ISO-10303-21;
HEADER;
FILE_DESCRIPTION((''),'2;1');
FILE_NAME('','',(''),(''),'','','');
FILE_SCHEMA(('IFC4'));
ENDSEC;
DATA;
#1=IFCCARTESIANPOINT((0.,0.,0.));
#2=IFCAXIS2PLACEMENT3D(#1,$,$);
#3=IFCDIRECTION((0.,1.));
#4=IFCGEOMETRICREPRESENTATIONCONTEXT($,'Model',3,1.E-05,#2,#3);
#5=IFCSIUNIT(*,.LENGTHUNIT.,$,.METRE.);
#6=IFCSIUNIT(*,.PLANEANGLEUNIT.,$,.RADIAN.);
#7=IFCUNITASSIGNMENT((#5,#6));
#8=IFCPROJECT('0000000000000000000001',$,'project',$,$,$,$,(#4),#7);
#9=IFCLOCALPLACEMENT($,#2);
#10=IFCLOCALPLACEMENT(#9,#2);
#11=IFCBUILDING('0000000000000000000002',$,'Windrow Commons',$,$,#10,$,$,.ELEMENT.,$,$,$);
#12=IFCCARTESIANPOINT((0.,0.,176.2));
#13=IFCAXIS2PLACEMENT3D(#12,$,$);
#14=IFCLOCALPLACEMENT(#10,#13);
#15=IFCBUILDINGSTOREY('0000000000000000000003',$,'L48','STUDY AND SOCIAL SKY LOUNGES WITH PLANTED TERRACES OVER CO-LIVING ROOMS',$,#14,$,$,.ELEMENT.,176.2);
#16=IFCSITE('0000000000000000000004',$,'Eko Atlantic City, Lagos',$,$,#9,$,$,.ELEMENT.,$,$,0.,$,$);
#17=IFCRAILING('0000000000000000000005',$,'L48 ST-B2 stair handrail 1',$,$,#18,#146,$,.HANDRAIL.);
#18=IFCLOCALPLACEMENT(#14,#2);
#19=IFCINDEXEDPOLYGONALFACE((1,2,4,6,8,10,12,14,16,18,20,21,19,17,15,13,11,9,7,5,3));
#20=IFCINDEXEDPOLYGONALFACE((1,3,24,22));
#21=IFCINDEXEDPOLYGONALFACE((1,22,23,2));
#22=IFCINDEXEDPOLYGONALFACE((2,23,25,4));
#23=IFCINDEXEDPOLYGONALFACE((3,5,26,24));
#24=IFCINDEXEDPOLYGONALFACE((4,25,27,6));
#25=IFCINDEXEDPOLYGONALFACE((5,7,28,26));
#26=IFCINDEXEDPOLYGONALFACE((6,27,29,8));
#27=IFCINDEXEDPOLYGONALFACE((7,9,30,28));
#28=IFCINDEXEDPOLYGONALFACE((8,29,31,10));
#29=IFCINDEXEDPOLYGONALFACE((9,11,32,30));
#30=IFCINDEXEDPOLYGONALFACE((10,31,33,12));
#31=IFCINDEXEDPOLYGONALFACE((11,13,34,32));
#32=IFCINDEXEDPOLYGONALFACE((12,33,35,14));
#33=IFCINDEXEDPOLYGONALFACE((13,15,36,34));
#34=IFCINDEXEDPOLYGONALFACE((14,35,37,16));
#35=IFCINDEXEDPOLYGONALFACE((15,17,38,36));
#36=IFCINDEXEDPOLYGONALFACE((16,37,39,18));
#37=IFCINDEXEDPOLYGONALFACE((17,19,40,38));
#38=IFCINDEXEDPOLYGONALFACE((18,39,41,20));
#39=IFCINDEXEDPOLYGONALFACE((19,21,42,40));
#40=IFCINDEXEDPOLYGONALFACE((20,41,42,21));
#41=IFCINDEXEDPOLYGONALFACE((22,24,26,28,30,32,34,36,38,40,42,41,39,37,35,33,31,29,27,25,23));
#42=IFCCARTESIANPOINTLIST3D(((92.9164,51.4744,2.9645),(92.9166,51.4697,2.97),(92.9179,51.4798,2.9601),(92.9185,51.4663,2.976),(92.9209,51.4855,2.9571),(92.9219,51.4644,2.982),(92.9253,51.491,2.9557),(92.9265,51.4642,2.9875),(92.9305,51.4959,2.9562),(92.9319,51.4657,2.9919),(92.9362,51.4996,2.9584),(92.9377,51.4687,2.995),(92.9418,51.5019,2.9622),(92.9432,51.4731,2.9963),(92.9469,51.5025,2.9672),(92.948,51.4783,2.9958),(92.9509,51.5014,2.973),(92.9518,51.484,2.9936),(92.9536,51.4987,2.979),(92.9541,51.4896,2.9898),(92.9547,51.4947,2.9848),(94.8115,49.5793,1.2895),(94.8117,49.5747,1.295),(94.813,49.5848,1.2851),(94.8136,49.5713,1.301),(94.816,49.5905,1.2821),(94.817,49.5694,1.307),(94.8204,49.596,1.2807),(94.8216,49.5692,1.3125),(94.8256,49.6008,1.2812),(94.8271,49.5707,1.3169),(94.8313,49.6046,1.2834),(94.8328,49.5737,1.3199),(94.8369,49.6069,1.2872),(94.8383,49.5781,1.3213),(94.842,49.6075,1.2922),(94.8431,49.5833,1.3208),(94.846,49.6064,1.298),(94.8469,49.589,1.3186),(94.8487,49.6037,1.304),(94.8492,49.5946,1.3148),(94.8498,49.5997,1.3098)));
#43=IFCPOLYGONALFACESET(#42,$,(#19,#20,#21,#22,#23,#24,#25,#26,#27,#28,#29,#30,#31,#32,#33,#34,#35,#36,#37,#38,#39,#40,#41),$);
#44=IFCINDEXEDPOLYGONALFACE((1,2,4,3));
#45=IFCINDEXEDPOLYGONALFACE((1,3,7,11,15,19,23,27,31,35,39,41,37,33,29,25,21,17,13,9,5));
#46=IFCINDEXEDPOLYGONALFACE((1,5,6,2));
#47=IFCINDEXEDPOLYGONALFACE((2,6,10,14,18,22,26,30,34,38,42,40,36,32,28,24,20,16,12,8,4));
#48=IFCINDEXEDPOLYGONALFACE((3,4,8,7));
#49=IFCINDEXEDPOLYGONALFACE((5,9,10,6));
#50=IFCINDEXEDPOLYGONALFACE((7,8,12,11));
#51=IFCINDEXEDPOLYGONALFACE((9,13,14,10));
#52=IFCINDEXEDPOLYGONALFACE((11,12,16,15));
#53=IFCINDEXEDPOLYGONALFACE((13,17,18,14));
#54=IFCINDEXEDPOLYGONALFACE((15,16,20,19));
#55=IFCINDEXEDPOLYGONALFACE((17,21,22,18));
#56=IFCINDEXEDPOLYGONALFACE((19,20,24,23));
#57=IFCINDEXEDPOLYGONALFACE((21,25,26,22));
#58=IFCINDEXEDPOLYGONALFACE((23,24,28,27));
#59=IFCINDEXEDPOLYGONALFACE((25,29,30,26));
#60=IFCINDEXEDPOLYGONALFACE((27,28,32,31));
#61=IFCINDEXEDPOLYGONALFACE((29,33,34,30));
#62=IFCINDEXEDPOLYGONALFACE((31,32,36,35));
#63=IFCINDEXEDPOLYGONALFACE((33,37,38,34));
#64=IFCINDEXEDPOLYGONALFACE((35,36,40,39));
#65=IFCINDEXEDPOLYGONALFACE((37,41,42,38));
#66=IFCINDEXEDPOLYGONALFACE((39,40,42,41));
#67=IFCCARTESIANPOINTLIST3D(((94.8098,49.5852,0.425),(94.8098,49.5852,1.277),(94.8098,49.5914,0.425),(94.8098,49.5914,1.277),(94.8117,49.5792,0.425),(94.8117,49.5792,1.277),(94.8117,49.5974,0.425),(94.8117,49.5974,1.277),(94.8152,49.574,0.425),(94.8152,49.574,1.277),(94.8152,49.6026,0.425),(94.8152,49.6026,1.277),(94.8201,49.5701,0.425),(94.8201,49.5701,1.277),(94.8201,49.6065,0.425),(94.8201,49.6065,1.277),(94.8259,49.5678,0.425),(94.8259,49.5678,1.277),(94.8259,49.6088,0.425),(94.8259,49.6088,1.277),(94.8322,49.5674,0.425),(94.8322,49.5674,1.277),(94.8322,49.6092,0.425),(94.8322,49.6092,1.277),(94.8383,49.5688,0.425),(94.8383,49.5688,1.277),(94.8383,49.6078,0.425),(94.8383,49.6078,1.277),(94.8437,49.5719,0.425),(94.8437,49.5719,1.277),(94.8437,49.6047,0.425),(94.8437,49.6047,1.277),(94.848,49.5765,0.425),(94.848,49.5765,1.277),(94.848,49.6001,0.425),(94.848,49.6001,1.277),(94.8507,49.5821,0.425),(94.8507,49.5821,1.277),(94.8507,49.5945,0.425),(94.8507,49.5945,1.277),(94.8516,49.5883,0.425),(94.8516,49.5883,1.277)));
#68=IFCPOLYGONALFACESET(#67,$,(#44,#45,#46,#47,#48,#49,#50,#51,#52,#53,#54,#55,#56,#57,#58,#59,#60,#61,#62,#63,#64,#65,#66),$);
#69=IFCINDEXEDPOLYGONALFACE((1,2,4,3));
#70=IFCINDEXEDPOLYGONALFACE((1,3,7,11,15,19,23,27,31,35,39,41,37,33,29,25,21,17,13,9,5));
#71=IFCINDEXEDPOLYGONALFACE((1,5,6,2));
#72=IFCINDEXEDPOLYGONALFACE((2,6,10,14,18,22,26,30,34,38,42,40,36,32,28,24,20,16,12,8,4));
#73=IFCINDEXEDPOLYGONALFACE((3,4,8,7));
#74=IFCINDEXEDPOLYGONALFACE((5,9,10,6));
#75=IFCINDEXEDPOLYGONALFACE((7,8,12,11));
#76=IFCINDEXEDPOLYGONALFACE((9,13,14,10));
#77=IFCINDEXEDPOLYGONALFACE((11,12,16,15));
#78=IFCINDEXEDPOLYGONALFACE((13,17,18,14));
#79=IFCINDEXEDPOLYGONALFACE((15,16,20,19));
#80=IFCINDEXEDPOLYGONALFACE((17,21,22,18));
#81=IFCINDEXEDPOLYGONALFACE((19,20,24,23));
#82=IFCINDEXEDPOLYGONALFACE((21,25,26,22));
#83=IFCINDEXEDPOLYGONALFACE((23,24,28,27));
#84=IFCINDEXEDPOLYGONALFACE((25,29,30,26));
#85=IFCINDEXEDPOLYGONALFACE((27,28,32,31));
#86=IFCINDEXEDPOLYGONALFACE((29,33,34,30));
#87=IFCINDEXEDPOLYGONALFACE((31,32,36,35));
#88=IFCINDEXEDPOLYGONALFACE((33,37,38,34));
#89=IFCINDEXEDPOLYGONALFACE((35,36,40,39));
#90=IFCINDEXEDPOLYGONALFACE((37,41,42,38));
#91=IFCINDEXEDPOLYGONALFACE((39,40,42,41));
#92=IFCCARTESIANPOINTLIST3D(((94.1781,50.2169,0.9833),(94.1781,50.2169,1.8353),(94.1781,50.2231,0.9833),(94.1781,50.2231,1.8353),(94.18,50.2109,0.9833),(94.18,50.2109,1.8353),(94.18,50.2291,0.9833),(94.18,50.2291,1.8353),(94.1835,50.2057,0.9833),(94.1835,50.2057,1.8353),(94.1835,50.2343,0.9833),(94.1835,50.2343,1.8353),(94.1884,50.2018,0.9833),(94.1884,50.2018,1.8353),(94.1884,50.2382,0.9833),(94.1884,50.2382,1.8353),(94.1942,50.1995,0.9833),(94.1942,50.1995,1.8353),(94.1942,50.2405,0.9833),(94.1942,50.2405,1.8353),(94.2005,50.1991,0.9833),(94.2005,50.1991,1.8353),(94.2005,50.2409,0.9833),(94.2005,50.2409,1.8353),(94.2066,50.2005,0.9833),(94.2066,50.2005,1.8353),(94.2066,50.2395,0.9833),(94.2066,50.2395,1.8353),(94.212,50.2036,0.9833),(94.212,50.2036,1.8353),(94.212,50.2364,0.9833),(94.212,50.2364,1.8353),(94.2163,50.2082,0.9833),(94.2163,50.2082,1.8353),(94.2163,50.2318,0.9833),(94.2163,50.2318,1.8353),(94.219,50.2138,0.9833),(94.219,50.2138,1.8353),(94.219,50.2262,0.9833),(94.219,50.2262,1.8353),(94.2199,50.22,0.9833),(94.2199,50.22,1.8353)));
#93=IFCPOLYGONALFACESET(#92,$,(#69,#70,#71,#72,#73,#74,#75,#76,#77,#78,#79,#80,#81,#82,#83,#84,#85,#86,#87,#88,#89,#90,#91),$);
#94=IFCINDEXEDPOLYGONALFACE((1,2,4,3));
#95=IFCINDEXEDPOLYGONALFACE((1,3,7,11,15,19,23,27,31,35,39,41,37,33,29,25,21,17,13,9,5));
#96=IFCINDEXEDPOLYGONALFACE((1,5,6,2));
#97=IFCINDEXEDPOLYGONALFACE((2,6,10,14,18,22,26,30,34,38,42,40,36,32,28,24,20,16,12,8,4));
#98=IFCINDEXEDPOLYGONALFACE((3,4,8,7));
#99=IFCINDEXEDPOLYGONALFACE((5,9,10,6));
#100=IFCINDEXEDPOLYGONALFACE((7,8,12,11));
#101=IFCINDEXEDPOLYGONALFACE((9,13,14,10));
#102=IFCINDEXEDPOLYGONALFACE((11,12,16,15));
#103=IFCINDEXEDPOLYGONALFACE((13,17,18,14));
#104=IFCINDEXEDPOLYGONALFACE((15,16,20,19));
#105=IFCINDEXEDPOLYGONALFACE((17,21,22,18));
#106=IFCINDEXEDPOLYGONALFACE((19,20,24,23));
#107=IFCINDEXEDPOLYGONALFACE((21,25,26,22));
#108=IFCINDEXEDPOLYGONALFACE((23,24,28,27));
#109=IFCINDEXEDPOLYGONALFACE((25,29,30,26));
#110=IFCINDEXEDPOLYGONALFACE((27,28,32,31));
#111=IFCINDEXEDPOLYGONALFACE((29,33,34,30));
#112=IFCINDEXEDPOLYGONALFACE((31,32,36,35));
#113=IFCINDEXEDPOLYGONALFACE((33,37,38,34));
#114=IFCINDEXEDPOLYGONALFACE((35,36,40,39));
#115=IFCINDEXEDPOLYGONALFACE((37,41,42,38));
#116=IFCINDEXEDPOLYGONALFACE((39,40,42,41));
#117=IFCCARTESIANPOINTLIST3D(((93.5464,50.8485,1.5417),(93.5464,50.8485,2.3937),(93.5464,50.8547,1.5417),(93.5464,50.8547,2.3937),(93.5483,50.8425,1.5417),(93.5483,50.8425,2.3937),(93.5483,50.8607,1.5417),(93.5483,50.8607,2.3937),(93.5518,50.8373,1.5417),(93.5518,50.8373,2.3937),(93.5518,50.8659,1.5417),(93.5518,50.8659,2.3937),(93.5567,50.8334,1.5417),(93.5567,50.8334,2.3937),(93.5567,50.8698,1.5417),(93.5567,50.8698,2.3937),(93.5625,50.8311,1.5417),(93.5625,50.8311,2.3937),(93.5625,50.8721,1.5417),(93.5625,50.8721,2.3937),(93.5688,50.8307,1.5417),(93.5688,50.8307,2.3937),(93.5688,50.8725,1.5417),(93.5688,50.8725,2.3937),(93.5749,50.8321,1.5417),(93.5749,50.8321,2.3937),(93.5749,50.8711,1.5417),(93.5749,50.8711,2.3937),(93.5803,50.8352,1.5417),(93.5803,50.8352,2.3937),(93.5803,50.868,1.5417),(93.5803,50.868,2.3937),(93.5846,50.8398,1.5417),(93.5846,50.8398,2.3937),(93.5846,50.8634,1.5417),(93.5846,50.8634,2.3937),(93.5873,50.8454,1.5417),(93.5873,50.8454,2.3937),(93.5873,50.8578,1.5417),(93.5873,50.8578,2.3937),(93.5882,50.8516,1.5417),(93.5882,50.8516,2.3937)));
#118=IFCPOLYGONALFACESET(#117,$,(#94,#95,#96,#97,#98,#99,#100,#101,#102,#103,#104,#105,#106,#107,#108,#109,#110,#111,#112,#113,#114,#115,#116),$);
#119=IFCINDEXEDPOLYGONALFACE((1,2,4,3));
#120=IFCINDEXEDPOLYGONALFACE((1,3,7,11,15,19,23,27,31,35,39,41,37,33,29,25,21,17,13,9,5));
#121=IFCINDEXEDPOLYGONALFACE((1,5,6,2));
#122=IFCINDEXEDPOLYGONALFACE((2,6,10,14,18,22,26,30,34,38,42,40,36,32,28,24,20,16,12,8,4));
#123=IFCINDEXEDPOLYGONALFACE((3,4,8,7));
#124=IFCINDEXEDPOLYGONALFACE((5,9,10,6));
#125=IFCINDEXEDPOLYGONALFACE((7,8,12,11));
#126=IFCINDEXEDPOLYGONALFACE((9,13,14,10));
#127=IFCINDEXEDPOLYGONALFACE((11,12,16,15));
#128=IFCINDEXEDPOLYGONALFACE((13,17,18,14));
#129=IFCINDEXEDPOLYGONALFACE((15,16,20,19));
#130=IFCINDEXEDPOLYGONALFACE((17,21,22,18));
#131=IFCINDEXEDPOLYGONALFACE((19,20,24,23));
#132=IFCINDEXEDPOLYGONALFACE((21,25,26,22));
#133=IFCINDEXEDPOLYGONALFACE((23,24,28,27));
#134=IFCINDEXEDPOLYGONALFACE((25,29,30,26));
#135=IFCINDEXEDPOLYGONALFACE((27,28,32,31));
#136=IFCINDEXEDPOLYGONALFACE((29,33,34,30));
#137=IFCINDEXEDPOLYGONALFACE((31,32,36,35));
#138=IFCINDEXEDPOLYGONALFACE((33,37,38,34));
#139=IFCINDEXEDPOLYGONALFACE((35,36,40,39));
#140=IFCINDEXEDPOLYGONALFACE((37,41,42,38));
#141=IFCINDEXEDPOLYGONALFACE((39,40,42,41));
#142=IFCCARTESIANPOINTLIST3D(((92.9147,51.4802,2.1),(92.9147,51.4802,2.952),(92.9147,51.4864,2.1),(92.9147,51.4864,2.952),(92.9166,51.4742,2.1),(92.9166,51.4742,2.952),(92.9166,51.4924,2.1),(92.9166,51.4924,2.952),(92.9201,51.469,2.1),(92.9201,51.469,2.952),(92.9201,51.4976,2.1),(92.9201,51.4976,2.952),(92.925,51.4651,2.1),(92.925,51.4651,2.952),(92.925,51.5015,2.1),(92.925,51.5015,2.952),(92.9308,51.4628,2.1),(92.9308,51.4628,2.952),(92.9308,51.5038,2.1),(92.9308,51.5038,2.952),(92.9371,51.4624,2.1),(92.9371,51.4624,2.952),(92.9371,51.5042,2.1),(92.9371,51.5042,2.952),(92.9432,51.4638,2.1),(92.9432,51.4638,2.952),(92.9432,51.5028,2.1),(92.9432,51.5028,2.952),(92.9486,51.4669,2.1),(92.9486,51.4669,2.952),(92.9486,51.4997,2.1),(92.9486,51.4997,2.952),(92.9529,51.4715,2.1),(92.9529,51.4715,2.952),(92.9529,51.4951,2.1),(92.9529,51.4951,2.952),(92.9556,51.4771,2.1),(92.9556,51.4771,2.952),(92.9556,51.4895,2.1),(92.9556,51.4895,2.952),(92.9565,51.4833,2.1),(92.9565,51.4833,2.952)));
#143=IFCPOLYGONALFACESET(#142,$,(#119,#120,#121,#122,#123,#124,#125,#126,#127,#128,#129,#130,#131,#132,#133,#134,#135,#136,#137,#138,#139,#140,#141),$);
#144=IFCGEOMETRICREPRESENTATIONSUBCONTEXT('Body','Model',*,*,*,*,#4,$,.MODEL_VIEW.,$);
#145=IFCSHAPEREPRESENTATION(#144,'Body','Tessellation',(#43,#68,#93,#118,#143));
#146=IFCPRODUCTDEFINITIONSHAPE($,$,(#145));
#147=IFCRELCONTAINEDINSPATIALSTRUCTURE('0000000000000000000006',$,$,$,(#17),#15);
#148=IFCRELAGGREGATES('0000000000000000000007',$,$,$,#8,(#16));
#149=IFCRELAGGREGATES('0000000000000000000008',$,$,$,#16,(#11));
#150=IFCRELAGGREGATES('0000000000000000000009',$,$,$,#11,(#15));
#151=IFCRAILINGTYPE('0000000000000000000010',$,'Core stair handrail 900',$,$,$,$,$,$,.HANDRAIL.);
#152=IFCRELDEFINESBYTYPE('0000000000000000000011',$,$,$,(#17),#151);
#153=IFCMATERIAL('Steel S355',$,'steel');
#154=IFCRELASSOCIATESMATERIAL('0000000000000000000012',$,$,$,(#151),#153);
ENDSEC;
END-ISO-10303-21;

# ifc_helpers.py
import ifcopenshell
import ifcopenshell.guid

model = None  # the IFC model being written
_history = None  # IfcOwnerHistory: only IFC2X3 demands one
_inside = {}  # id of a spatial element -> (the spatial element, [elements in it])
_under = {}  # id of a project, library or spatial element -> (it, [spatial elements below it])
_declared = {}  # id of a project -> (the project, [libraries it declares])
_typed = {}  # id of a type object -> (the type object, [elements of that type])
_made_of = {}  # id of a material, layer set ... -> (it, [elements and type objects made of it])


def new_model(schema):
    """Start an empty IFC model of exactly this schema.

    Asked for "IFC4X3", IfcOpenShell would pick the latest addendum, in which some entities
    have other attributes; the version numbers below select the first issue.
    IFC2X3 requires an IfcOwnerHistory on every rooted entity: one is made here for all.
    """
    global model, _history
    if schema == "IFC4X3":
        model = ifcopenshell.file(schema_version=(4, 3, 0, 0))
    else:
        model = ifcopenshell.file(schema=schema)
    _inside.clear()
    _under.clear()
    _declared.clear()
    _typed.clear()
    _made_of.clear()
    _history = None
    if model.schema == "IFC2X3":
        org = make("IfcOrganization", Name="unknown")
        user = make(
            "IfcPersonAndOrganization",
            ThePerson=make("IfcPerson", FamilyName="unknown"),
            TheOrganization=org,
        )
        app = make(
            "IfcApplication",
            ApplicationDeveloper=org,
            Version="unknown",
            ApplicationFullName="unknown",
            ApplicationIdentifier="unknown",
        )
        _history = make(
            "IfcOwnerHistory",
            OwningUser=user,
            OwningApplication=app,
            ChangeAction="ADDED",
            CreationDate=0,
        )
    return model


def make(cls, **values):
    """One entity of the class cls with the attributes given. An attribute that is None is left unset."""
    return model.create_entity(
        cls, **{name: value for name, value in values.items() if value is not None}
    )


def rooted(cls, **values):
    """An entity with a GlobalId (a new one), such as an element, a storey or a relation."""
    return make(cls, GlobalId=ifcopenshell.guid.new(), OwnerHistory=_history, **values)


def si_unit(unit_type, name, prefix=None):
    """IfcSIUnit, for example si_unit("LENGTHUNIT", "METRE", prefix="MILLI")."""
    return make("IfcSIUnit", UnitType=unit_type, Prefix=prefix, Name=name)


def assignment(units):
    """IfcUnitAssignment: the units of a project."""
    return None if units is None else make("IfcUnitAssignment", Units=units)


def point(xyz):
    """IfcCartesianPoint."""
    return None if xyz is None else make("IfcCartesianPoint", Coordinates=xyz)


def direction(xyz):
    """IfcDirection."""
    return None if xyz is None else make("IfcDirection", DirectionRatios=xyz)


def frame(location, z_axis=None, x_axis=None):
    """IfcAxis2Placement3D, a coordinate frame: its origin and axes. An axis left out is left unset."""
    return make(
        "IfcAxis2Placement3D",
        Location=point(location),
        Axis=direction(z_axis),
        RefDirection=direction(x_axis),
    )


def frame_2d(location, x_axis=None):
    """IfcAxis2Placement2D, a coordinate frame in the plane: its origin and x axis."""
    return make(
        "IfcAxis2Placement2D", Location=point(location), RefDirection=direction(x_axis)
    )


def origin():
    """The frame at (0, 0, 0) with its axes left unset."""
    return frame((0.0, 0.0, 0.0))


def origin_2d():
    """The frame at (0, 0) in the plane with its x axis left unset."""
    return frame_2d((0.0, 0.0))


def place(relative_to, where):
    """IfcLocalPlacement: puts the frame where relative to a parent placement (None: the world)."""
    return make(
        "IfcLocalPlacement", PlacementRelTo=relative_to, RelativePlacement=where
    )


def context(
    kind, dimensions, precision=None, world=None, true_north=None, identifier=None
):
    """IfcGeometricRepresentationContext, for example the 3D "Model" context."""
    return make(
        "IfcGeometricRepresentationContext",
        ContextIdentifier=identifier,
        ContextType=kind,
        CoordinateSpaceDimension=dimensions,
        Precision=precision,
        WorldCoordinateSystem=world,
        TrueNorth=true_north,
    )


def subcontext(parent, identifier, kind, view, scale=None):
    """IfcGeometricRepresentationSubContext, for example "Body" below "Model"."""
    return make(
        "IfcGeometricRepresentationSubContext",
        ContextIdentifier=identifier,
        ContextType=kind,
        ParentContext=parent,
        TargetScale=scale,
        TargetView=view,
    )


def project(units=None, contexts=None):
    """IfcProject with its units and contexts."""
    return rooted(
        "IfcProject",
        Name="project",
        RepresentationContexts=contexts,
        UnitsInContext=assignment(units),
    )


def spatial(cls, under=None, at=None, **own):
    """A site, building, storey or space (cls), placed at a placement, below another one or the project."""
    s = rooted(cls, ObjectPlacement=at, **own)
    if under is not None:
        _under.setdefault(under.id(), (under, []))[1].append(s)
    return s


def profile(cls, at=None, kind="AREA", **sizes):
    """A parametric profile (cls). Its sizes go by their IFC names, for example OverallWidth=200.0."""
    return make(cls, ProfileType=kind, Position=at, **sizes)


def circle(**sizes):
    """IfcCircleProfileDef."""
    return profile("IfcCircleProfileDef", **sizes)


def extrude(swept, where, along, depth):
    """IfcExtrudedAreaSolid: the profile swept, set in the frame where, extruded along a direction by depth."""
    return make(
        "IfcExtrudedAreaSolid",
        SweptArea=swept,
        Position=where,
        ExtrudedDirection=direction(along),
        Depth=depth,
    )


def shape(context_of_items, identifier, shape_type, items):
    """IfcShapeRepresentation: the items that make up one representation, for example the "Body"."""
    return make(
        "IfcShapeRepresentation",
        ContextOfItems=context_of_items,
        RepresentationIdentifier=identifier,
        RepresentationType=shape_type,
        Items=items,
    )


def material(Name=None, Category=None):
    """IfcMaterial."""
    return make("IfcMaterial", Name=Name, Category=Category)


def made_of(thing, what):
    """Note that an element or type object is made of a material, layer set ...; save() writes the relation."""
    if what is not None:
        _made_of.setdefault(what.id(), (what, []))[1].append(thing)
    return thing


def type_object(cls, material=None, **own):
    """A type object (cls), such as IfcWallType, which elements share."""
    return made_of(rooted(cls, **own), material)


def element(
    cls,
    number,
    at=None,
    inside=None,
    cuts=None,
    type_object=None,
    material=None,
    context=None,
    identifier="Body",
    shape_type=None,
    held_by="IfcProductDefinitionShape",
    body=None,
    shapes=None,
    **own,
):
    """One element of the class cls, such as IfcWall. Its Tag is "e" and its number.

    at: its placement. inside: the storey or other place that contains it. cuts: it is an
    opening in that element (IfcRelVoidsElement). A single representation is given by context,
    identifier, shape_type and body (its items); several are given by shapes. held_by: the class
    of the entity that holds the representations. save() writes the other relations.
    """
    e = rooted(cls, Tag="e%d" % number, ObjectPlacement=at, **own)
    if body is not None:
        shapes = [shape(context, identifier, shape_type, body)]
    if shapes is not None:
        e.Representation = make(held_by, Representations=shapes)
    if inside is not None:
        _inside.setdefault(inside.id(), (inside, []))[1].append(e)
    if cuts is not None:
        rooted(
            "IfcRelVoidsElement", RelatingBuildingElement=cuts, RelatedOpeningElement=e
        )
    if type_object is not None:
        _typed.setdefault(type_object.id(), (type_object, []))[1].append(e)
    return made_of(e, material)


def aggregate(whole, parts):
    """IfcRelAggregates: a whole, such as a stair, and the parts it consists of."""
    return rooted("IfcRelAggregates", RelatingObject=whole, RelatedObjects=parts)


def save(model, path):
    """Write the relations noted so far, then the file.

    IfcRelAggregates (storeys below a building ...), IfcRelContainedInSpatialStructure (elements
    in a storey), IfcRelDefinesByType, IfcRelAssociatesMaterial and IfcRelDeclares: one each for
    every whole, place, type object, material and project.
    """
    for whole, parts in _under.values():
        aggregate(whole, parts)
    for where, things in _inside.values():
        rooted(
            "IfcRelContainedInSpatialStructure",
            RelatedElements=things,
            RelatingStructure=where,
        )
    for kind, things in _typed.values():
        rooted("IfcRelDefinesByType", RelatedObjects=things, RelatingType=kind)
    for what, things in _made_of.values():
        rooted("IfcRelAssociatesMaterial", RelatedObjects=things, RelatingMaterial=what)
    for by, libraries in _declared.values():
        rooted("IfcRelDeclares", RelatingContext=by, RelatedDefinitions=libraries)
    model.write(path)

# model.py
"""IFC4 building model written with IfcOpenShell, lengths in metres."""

from ifc_helpers import new_model, si_unit, direction, frame, origin, origin_2d, place, context, subcontext, project, spatial, circle, extrude, material, type_object, element, save


model = new_model("IFC4")

# Units and contexts
model_context = context("Model", 3, precision=1e-05, world=origin(), true_north=direction((0.0, 1.0)))
body_context = subcontext(model_context, "Body", "Model", "MODEL_VIEW")
ifc_project = project(units=[si_unit("LENGTHUNIT", "METRE"), si_unit("PLANEANGLEUNIT", "RADIAN")], contexts=[model_context])

# Site, building, storey
site_placement = place(None, origin())
site = spatial("IfcSite", under=ifc_project, at=site_placement, Name="Eko Atlantic City, Lagos", CompositionType="ELEMENT", RefElevation=0.0)
building_placement = place(site_placement, origin())
building = spatial("IfcBuilding", under=site, at=building_placement, Name="Windrow Commons", CompositionType="ELEMENT")
storey_placement = place(building_placement, frame((0.0, 0.0, 176.2)))
storey = spatial("IfcBuildingStorey", under=building, at=storey_placement, Name="L48", Description="STUDY AND SOCIAL SKY LOUNGES WITH PLANTED TERRACES OVER CO-LIVING ROOMS", CompositionType="ELEMENT", Elevation=176.2)

# Railing
ifc_material_1 = material(Name="Steel S355", Category="steel")
railing_type_1 = type_object("IfcRailingType", Name="Core stair handrail 900", PredefinedType="HANDRAIL", material=ifc_material_1)
railing_1_placement = place(storey_placement, frame((94.8306, 49.5883, 0.425)))
element("IfcRailing", 1, at=railing_1_placement, inside=storey, type_object=railing_type_1, Name="L48 ST-B2 stair handrail 1", PredefinedType="HANDRAIL", context=body_context, shape_type="SweptSolid", body=[
    extrude(circle(Radius=0.024, at=origin_2d()), frame((0.0, 0.0, 0.876), z_axis=(-0.599642, 0.59961, 0.529998), x_axis=(-0.707088, -0.707125, 0.0)), (0.0, 0.0, 1.0), 3.1604),
    extrude(circle(Radius=0.021, at=origin_2d()), origin(), (0.0, 0.0, 1.0), 0.852),
    extrude(circle(Radius=0.021, at=origin_2d()), frame((-0.6317, 0.6317, 0.5583)), (0.0, 0.0, 1.0), 0.852),
    extrude(circle(Radius=0.021, at=origin_2d()), frame((-1.2634, 1.2633, 1.1167)), (0.0, 0.0, 1.0), 0.852),
    extrude(circle(Radius=0.021, at=origin_2d()), frame((-1.8951, 1.895, 1.675)), (0.0, 0.0, 1.0), 0.852),
])

save(model, "model.ifc")
